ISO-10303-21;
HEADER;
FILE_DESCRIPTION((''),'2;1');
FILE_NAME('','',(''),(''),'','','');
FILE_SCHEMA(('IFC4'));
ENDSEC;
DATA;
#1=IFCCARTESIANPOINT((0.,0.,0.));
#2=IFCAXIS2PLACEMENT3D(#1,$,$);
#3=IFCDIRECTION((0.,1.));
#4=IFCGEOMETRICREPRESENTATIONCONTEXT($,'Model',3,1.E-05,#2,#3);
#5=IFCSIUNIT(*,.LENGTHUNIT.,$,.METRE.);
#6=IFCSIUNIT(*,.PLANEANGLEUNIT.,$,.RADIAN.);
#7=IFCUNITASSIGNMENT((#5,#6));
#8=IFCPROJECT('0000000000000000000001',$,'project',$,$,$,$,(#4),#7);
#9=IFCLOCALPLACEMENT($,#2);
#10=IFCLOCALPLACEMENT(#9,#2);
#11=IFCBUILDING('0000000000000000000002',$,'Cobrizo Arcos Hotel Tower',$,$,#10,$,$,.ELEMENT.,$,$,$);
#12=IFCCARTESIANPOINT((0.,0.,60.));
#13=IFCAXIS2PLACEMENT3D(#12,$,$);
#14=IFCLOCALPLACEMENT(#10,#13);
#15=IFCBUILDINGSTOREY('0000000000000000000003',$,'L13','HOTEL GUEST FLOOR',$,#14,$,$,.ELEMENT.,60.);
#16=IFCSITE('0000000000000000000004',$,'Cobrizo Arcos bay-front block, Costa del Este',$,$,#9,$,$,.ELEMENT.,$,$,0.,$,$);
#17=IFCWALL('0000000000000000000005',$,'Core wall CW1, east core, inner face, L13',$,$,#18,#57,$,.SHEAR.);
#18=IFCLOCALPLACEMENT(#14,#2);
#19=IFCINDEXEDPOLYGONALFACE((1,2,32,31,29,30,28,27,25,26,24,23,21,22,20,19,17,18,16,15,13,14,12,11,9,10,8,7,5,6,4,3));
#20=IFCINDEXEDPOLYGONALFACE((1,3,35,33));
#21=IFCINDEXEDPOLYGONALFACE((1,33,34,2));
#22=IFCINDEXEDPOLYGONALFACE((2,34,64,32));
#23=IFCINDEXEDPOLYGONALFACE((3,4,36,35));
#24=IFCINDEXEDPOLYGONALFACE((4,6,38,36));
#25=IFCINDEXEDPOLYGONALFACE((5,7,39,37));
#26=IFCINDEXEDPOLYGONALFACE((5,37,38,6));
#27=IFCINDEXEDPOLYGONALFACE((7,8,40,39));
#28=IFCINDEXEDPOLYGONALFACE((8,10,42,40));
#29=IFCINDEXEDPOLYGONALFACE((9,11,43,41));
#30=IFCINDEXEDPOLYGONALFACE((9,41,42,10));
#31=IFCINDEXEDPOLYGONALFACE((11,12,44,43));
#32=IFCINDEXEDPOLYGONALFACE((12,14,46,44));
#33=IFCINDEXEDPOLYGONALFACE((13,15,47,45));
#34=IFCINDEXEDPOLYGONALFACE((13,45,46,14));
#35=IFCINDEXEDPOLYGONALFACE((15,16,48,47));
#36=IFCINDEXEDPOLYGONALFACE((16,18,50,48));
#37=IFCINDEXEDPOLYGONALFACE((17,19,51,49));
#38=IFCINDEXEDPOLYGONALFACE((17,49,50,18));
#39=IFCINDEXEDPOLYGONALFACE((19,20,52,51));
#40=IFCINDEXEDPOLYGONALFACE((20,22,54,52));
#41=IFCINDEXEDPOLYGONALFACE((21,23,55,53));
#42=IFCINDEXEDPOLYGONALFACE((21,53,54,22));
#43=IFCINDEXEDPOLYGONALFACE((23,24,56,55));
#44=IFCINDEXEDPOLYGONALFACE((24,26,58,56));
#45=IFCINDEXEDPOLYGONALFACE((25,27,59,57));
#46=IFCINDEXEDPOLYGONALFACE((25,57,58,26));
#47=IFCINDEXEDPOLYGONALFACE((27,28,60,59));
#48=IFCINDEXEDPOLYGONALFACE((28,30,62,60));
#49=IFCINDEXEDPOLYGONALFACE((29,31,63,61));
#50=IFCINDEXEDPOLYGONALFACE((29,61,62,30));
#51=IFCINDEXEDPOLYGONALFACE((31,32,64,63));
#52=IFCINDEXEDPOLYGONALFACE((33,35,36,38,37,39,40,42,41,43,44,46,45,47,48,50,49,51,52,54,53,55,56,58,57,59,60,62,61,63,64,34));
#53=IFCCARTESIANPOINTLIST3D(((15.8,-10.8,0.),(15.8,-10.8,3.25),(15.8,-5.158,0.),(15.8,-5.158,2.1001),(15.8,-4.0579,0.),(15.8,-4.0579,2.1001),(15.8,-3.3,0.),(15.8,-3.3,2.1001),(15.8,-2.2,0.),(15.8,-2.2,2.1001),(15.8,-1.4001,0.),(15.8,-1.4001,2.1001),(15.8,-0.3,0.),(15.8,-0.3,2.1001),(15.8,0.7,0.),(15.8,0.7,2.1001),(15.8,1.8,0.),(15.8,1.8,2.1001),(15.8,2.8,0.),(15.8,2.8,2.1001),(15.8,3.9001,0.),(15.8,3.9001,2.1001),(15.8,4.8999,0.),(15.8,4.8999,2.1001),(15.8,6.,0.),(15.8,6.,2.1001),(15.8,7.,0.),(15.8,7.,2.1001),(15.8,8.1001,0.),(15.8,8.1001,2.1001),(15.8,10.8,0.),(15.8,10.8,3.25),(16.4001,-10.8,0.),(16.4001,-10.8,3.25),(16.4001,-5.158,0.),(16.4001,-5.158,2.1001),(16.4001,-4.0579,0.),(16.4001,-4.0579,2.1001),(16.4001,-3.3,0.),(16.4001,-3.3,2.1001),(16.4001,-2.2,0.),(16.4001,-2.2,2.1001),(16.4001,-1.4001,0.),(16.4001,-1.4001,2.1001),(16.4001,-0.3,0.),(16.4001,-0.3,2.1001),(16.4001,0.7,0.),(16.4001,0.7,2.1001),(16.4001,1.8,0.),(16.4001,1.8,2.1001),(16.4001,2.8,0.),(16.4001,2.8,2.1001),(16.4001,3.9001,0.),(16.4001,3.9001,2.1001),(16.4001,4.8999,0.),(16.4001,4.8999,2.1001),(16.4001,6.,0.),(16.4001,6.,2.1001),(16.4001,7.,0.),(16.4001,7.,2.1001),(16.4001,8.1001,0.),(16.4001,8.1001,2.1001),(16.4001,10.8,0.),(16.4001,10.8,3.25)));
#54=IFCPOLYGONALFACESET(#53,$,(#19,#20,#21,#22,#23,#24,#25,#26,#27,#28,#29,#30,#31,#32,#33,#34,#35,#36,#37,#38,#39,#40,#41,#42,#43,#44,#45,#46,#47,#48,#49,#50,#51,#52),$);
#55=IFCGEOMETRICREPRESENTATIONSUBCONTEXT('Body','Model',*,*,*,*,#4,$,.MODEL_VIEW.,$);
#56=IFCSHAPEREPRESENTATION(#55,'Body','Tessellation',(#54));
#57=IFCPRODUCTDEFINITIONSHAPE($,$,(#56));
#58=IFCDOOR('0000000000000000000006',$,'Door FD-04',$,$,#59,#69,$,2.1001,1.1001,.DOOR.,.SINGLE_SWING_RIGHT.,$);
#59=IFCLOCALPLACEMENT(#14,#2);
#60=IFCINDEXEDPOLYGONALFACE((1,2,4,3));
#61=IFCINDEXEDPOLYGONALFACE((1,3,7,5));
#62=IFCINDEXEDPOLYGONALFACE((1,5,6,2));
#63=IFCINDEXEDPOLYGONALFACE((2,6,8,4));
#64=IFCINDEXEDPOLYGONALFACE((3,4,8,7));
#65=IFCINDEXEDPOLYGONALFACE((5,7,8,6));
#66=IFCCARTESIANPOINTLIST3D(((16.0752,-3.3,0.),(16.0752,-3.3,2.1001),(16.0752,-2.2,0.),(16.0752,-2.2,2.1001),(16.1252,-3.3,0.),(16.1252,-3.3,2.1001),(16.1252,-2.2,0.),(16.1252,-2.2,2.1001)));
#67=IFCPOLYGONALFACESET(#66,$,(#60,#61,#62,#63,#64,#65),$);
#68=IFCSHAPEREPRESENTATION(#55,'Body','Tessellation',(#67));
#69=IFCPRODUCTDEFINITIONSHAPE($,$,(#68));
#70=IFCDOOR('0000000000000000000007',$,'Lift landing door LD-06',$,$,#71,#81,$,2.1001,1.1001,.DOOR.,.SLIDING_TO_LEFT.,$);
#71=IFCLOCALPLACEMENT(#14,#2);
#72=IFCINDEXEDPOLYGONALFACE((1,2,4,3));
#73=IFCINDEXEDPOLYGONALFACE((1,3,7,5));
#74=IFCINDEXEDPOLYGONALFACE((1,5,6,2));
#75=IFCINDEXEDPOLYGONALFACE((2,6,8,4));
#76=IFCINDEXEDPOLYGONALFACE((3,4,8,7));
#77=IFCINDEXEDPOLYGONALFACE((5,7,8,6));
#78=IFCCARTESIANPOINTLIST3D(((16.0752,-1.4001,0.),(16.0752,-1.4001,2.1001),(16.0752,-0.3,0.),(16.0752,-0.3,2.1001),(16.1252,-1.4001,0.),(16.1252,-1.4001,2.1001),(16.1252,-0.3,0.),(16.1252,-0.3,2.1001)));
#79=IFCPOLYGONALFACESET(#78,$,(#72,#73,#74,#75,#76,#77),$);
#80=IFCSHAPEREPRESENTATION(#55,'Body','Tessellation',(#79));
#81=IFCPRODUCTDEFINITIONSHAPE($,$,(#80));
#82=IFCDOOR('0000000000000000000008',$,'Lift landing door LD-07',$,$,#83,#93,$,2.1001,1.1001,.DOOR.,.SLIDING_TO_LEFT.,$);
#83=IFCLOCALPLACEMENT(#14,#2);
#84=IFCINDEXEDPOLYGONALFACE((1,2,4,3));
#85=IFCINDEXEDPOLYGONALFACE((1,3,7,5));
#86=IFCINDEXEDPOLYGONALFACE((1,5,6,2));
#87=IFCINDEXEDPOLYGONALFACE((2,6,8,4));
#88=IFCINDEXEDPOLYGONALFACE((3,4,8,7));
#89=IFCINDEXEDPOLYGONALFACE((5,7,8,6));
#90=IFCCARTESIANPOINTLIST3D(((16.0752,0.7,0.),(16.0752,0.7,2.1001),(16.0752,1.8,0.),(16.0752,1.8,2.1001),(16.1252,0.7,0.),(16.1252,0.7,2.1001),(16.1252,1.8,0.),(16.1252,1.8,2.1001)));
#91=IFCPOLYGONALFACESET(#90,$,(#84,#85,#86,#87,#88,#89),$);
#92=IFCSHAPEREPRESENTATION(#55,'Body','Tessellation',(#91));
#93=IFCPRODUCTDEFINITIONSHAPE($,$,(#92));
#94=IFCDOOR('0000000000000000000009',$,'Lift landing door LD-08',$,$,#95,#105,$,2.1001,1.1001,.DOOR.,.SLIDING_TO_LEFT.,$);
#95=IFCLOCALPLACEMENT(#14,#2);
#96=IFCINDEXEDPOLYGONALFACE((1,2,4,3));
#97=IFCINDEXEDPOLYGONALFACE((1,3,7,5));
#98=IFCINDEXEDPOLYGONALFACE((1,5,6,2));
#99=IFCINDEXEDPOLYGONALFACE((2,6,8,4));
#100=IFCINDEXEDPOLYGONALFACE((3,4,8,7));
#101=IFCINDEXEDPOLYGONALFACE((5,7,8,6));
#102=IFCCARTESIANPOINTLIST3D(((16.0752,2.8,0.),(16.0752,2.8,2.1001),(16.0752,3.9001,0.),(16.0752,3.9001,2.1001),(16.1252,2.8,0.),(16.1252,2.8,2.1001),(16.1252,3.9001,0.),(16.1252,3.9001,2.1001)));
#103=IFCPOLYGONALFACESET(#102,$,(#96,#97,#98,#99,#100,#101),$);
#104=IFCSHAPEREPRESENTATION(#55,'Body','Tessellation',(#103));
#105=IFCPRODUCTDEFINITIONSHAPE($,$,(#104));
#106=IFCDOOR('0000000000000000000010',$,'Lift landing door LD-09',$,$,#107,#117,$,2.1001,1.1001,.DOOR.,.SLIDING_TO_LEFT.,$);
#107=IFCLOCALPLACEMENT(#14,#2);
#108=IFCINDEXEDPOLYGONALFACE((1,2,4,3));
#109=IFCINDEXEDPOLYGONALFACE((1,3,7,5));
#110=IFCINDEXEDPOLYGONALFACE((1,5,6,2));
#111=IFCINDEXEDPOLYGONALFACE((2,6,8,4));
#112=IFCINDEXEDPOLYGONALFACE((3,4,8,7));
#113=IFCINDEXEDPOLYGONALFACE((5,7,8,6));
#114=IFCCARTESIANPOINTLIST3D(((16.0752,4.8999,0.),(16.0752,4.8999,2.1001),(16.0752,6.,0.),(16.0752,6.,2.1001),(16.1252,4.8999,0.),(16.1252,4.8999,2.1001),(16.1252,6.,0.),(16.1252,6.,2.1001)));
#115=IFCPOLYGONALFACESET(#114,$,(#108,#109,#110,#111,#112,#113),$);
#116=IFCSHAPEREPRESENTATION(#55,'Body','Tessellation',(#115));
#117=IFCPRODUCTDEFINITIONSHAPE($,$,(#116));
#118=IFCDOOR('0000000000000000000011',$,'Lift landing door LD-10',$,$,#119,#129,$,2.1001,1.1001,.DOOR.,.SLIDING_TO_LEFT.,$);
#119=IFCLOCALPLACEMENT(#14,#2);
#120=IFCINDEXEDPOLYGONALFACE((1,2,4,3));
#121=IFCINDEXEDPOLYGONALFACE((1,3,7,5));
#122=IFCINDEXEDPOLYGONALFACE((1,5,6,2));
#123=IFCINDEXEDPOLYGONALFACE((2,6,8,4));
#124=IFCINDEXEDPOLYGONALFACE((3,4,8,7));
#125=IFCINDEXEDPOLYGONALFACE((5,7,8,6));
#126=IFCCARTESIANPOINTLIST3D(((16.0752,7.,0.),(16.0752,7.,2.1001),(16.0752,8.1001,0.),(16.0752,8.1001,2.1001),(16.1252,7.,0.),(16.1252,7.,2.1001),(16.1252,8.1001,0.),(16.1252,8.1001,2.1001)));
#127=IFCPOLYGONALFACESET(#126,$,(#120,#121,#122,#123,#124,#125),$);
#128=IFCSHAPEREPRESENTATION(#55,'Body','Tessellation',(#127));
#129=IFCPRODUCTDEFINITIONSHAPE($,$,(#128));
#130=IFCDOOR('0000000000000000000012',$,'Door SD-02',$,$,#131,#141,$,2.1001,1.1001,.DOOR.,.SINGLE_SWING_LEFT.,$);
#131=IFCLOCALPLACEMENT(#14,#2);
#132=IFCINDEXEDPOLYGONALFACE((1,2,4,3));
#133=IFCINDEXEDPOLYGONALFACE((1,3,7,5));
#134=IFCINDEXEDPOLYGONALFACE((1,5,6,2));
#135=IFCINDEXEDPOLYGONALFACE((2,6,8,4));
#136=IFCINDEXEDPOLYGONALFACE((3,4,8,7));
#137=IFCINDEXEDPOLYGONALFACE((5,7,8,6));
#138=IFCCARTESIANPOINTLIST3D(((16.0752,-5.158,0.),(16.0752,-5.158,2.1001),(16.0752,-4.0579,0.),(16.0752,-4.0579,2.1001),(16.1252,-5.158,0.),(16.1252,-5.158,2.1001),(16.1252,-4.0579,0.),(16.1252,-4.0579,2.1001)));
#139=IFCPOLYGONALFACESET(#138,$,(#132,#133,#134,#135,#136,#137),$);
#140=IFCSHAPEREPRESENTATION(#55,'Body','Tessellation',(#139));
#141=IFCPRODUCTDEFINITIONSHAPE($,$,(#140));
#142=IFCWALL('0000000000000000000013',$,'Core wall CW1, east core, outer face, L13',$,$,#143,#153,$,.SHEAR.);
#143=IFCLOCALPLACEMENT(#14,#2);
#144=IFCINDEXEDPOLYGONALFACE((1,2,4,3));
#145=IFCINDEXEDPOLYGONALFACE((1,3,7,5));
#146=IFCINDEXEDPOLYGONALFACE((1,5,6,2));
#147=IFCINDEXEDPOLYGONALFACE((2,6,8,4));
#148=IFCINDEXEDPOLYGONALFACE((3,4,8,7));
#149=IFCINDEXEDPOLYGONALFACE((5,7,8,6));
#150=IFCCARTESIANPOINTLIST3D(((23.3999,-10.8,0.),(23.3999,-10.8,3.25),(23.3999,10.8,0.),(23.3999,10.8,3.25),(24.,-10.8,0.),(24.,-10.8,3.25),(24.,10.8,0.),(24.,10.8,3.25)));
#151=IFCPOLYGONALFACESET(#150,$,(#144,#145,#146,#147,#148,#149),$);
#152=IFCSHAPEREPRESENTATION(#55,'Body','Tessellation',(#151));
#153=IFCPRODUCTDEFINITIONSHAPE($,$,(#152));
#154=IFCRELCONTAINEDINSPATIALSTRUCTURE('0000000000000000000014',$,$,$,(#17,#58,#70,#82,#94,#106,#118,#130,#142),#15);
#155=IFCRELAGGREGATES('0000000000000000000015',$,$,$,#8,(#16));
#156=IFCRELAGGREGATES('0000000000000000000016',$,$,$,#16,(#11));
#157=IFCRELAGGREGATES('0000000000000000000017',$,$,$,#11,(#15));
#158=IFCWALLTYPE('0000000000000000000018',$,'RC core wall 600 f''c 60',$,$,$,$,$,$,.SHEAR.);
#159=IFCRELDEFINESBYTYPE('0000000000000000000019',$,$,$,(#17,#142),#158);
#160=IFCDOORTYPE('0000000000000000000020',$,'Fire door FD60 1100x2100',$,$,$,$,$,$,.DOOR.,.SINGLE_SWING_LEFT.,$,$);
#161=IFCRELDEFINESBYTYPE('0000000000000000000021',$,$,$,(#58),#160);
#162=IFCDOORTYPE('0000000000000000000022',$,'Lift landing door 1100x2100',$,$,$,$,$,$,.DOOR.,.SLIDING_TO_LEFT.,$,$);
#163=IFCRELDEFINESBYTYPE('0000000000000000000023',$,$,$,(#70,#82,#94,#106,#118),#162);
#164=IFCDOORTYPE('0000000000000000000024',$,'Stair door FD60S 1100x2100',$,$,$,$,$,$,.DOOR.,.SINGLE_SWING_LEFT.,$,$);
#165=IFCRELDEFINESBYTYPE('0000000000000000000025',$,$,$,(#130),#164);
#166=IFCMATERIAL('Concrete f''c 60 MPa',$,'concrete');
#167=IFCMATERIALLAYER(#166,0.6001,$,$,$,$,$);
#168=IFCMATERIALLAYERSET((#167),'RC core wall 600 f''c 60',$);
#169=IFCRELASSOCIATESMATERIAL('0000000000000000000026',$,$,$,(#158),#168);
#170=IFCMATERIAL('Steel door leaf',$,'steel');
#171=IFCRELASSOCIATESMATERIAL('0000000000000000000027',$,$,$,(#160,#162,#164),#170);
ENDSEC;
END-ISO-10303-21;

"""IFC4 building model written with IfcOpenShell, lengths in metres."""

from ifc_helpers import new_model, si_unit, direction, frame, frame_2d, origin, place, context, subcontext, project, spatial, rectangle, extrude, material, layer, layer_set, type_object, element, fill, save


model = new_model("IFC4")

# Units and contexts
model_context = context("Model", 3, precision=1e-05, world=origin(), true_north=direction((0.0, 1.0)))
body_context = subcontext(model_context, "Body", "Model", "MODEL_VIEW")
ifc_project = project(units=[si_unit("LENGTHUNIT", "METRE"), si_unit("PLANEANGLEUNIT", "RADIAN")], contexts=[model_context])

# Site, building, storey
site_placement = place(None, origin())
site = spatial("IfcSite", under=ifc_project, at=site_placement, Name="Cobrizo Arcos bay-front block, Costa del Este", CompositionType="ELEMENT", RefElevation=0.0)
building_placement = place(site_placement, origin())
building = spatial("IfcBuilding", under=site, at=building_placement, Name="Cobrizo Arcos Hotel Tower", CompositionType="ELEMENT")
storey_placement = place(building_placement, frame((0.0, 0.0, 60.0)))
storey = spatial("IfcBuildingStorey", under=building, at=storey_placement, Name="L13", Description="HOTEL GUEST FLOOR", CompositionType="ELEMENT", Elevation=60.0)

# Wall, openings, doors
ifc_material_1 = material(Name="Concrete f'c 60 MPa", Category="concrete")
ifc_layer_1 = layer(ifc_material_1, 0.6001)
ifc_layer_set_1 = layer_set([ifc_layer_1], Name="RC core wall 600 f'c 60")
wall_type_1 = type_object("IfcWallType", Name="RC core wall 600 f'c 60", PredefinedType="SHEAR", material=ifc_layer_set_1)
wall_1_placement = place(storey_placement, frame((16.1001, -10.8, 0.0), z_axis=(0.0, 0.0, 1.0), x_axis=(0.0, 1.0, 0.0)))
wall_1 = element("IfcWall", 1, at=wall_1_placement, inside=storey, type_object=wall_type_1, Name="Core wall CW1, east core, inner face, L13", PredefinedType="SHEAR", context=body_context, shape_type="SweptSolid", body=[
    extrude(rectangle(XDim=21.6001, YDim=0.6001, at=frame_2d((10.8, 0.0))), origin(), (0.0, 0.0, 1.0), 3.25),
])
opening_1_placement = place(wall_1_placement, frame((9.3999, 0.0, 0.0)))
opening_1 = element("IfcOpeningElement", 2, at=opening_1_placement, cuts=wall_1, PredefinedType="OPENING", context=body_context, shape_type="SweptSolid", body=[
    extrude(rectangle(XDim=1.1001, YDim=2.1001, at=frame_2d((0.55, 1.05))), frame((0.0, 0.312, 0.0), z_axis=(0.0, -1.0, 0.0), x_axis=(1.0, 0.0, 0.0)), (0.0, 0.0, 1.0), 0.624),
])
opening_2_placement = place(wall_1_placement, frame((11.5, 0.0, 0.0)))
opening_2 = element("IfcOpeningElement", 3, at=opening_2_placement, cuts=wall_1, PredefinedType="OPENING", context=body_context, shape_type="SweptSolid", body=[
    extrude(rectangle(XDim=1.1001, YDim=2.1001, at=frame_2d((0.55, 1.05))), frame((0.0, 0.312, 0.0), z_axis=(0.0, -1.0, 0.0), x_axis=(1.0, 0.0, 0.0)), (0.0, 0.0, 1.0), 0.624),
])
opening_3_placement = place(wall_1_placement, frame((13.6001, 0.0, 0.0)))
opening_3 = element("IfcOpeningElement", 4, at=opening_3_placement, cuts=wall_1, PredefinedType="OPENING", context=body_context, shape_type="SweptSolid", body=[
    extrude(rectangle(XDim=1.1001, YDim=2.1001, at=frame_2d((0.55, 1.05))), frame((0.0, 0.312, 0.0), z_axis=(0.0, -1.0, 0.0), x_axis=(1.0, 0.0, 0.0)), (0.0, 0.0, 1.0), 0.624),
])
opening_4_placement = place(wall_1_placement, frame((15.7, 0.0, 0.0)))
opening_4 = element("IfcOpeningElement", 5, at=opening_4_placement, cuts=wall_1, PredefinedType="OPENING", context=body_context, shape_type="SweptSolid", body=[
    extrude(rectangle(XDim=1.1001, YDim=2.1001, at=frame_2d((0.55, 1.05))), frame((0.0, 0.312, 0.0), z_axis=(0.0, -1.0, 0.0), x_axis=(1.0, 0.0, 0.0)), (0.0, 0.0, 1.0), 0.624),
])
opening_5_placement = place(wall_1_placement, frame((17.8, 0.0, 0.0)))
opening_5 = element("IfcOpeningElement", 6, at=opening_5_placement, cuts=wall_1, PredefinedType="OPENING", context=body_context, shape_type="SweptSolid", body=[
    extrude(rectangle(XDim=1.1001, YDim=2.1001, at=frame_2d((0.55, 1.05))), frame((0.0, 0.312, 0.0), z_axis=(0.0, -1.0, 0.0), x_axis=(1.0, 0.0, 0.0)), (0.0, 0.0, 1.0), 0.624),
])
opening_6_placement = place(wall_1_placement, frame((5.6421, 0.0, 0.0)))
opening_6 = element("IfcOpeningElement", 7, at=opening_6_placement, cuts=wall_1, PredefinedType="OPENING", context=body_context, shape_type="SweptSolid", body=[
    extrude(rectangle(XDim=1.1001, YDim=2.1001, at=frame_2d((0.55, 1.05))), frame((0.0, 0.312, 0.0), z_axis=(0.0, -1.0, 0.0), x_axis=(1.0, 0.0, 0.0)), (0.0, 0.0, 1.0), 0.624),
])
opening_7_placement = place(wall_1_placement, frame((7.5, 0.0, 0.0)))
opening_7 = element("IfcOpeningElement", 8, at=opening_7_placement, cuts=wall_1, PredefinedType="OPENING", context=body_context, shape_type="SweptSolid", body=[
    extrude(rectangle(XDim=1.1001, YDim=2.1001, at=frame_2d((0.55, 1.05))), frame((0.0, 0.312, 0.0), z_axis=(0.0, -1.0, 0.0), x_axis=(1.0, 0.0, 0.0)), (0.0, 0.0, 1.0), 0.624),
])
ifc_material_2 = material(Name="Steel door leaf", Category="steel")
door_type_1 = type_object("IfcDoorType", Name="Fire door FD60 1100x2100", OperationType="SINGLE_SWING_LEFT", PredefinedType="DOOR", material=ifc_material_2)
door_1_placement = place(opening_7_placement, origin())
door_1 = element("IfcDoor", 9, at=door_1_placement, inside=storey, type_object=door_type_1, Name="Door FD-04", OperationType="SINGLE_SWING_RIGHT", OverallHeight=2.1001, OverallWidth=1.1001, PredefinedType="DOOR", context=body_context, shape_type="SweptSolid", body=[
    extrude(rectangle(XDim=1.1001, YDim=2.1001, at=frame_2d((0.55, 1.05))), frame((0.0, 0.0249, 0.0), z_axis=(0.0, -1.0, 0.0), x_axis=(1.0, 0.0, 0.0)), (0.0, 0.0, 1.0), 0.05),
])
fill(opening_7, door_1)
door_type_2 = type_object("IfcDoorType", Name="Lift landing door 1100x2100", OperationType="SLIDING_TO_LEFT", PredefinedType="DOOR", material=ifc_material_2)
door_2_placement = place(opening_1_placement, origin())
door_2 = element("IfcDoor", 10, at=door_2_placement, inside=storey, type_object=door_type_2, Name="Lift landing door LD-06", OperationType="SLIDING_TO_LEFT", OverallHeight=2.1001, OverallWidth=1.1001, PredefinedType="DOOR", context=body_context, shape_type="SweptSolid", body=[
    extrude(rectangle(XDim=1.1001, YDim=2.1001, at=frame_2d((0.55, 1.05))), frame((0.0, 0.0249, 0.0), z_axis=(0.0, -1.0, 0.0), x_axis=(1.0, 0.0, 0.0)), (0.0, 0.0, 1.0), 0.05),
])
fill(opening_1, door_2)
door_3_placement = place(opening_2_placement, origin())
door_3 = element("IfcDoor", 11, at=door_3_placement, inside=storey, type_object=door_type_2, Name="Lift landing door LD-07", OperationType="SLIDING_TO_LEFT", OverallHeight=2.1001, OverallWidth=1.1001, PredefinedType="DOOR", context=body_context, shape_type="SweptSolid", body=[
    extrude(rectangle(XDim=1.1001, YDim=2.1001, at=frame_2d((0.55, 1.05))), frame((0.0, 0.0249, 0.0), z_axis=(0.0, -1.0, 0.0), x_axis=(1.0, 0.0, 0.0)), (0.0, 0.0, 1.0), 0.05),
])
fill(opening_2, door_3)
door_4_placement = place(opening_3_placement, origin())
door_4 = element("IfcDoor", 12, at=door_4_placement, inside=storey, type_object=door_type_2, Name="Lift landing door LD-08", OperationType="SLIDING_TO_LEFT", OverallHeight=2.1001, OverallWidth=1.1001, PredefinedType="DOOR", context=body_context, shape_type="SweptSolid", body=[
    extrude(rectangle(XDim=1.1001, YDim=2.1001, at=frame_2d((0.55, 1.05))), frame((0.0, 0.0249, 0.0), z_axis=(0.0, -1.0, 0.0), x_axis=(1.0, 0.0, 0.0)), (0.0, 0.0, 1.0), 0.05),
])
fill(opening_3, door_4)
door_5_placement = place(opening_4_placement, origin())
door_5 = element("IfcDoor", 13, at=door_5_placement, inside=storey, type_object=door_type_2, Name="Lift landing door LD-09", OperationType="SLIDING_TO_LEFT", OverallHeight=2.1001, OverallWidth=1.1001, PredefinedType="DOOR", context=body_context, shape_type="SweptSolid", body=[
    extrude(rectangle(XDim=1.1001, YDim=2.1001, at=frame_2d((0.55, 1.05))), frame((0.0, 0.0249, 0.0), z_axis=(0.0, -1.0, 0.0), x_axis=(1.0, 0.0, 0.0)), (0.0, 0.0, 1.0), 0.05),
])
fill(opening_4, door_5)
door_6_placement = place(opening_5_placement, origin())
door_6 = element("IfcDoor", 14, at=door_6_placement, inside=storey, type_object=door_type_2, Name="Lift landing door LD-10", OperationType="SLIDING_TO_LEFT", OverallHeight=2.1001, OverallWidth=1.1001, PredefinedType="DOOR", context=body_context, shape_type="SweptSolid", body=[
    extrude(rectangle(XDim=1.1001, YDim=2.1001, at=frame_2d((0.55, 1.05))), frame((0.0, 0.0249, 0.0), z_axis=(0.0, -1.0, 0.0), x_axis=(1.0, 0.0, 0.0)), (0.0, 0.0, 1.0), 0.05),
])
fill(opening_5, door_6)
door_type_3 = type_object("IfcDoorType", Name="Stair door FD60S 1100x2100", OperationType="SINGLE_SWING_LEFT", PredefinedType="DOOR", material=ifc_material_2)
door_7_placement = place(opening_6_placement, origin())
door_7 = element("IfcDoor", 15, at=door_7_placement, inside=storey, type_object=door_type_3, Name="Door SD-02", OperationType="SINGLE_SWING_LEFT", OverallHeight=2.1001, OverallWidth=1.1001, PredefinedType="DOOR", context=body_context, shape_type="SweptSolid", body=[
    extrude(rectangle(XDim=1.1001, YDim=2.1001, at=frame_2d((0.55, 1.05))), frame((0.0, 0.0249, 0.0), z_axis=(0.0, -1.0, 0.0), x_axis=(1.0, 0.0, 0.0)), (0.0, 0.0, 1.0), 0.05),
])
fill(opening_6, door_7)

# Wall
wall_2_placement = place(storey_placement, frame((23.7, -10.8, 0.0), z_axis=(0.0, 0.0, 1.0), x_axis=(0.0, 1.0, 0.0)))
element("IfcWall", 16, at=wall_2_placement, inside=storey, type_object=wall_type_1, Name="Core wall CW1, east core, outer face, L13", PredefinedType="SHEAR", context=body_context, shape_type="SweptSolid", body=[
    extrude(rectangle(XDim=21.6001, YDim=0.6001, at=frame_2d((10.8, 0.0))), origin(), (0.0, 0.0, 1.0), 3.25),
])

save(model, "model.ifc")
